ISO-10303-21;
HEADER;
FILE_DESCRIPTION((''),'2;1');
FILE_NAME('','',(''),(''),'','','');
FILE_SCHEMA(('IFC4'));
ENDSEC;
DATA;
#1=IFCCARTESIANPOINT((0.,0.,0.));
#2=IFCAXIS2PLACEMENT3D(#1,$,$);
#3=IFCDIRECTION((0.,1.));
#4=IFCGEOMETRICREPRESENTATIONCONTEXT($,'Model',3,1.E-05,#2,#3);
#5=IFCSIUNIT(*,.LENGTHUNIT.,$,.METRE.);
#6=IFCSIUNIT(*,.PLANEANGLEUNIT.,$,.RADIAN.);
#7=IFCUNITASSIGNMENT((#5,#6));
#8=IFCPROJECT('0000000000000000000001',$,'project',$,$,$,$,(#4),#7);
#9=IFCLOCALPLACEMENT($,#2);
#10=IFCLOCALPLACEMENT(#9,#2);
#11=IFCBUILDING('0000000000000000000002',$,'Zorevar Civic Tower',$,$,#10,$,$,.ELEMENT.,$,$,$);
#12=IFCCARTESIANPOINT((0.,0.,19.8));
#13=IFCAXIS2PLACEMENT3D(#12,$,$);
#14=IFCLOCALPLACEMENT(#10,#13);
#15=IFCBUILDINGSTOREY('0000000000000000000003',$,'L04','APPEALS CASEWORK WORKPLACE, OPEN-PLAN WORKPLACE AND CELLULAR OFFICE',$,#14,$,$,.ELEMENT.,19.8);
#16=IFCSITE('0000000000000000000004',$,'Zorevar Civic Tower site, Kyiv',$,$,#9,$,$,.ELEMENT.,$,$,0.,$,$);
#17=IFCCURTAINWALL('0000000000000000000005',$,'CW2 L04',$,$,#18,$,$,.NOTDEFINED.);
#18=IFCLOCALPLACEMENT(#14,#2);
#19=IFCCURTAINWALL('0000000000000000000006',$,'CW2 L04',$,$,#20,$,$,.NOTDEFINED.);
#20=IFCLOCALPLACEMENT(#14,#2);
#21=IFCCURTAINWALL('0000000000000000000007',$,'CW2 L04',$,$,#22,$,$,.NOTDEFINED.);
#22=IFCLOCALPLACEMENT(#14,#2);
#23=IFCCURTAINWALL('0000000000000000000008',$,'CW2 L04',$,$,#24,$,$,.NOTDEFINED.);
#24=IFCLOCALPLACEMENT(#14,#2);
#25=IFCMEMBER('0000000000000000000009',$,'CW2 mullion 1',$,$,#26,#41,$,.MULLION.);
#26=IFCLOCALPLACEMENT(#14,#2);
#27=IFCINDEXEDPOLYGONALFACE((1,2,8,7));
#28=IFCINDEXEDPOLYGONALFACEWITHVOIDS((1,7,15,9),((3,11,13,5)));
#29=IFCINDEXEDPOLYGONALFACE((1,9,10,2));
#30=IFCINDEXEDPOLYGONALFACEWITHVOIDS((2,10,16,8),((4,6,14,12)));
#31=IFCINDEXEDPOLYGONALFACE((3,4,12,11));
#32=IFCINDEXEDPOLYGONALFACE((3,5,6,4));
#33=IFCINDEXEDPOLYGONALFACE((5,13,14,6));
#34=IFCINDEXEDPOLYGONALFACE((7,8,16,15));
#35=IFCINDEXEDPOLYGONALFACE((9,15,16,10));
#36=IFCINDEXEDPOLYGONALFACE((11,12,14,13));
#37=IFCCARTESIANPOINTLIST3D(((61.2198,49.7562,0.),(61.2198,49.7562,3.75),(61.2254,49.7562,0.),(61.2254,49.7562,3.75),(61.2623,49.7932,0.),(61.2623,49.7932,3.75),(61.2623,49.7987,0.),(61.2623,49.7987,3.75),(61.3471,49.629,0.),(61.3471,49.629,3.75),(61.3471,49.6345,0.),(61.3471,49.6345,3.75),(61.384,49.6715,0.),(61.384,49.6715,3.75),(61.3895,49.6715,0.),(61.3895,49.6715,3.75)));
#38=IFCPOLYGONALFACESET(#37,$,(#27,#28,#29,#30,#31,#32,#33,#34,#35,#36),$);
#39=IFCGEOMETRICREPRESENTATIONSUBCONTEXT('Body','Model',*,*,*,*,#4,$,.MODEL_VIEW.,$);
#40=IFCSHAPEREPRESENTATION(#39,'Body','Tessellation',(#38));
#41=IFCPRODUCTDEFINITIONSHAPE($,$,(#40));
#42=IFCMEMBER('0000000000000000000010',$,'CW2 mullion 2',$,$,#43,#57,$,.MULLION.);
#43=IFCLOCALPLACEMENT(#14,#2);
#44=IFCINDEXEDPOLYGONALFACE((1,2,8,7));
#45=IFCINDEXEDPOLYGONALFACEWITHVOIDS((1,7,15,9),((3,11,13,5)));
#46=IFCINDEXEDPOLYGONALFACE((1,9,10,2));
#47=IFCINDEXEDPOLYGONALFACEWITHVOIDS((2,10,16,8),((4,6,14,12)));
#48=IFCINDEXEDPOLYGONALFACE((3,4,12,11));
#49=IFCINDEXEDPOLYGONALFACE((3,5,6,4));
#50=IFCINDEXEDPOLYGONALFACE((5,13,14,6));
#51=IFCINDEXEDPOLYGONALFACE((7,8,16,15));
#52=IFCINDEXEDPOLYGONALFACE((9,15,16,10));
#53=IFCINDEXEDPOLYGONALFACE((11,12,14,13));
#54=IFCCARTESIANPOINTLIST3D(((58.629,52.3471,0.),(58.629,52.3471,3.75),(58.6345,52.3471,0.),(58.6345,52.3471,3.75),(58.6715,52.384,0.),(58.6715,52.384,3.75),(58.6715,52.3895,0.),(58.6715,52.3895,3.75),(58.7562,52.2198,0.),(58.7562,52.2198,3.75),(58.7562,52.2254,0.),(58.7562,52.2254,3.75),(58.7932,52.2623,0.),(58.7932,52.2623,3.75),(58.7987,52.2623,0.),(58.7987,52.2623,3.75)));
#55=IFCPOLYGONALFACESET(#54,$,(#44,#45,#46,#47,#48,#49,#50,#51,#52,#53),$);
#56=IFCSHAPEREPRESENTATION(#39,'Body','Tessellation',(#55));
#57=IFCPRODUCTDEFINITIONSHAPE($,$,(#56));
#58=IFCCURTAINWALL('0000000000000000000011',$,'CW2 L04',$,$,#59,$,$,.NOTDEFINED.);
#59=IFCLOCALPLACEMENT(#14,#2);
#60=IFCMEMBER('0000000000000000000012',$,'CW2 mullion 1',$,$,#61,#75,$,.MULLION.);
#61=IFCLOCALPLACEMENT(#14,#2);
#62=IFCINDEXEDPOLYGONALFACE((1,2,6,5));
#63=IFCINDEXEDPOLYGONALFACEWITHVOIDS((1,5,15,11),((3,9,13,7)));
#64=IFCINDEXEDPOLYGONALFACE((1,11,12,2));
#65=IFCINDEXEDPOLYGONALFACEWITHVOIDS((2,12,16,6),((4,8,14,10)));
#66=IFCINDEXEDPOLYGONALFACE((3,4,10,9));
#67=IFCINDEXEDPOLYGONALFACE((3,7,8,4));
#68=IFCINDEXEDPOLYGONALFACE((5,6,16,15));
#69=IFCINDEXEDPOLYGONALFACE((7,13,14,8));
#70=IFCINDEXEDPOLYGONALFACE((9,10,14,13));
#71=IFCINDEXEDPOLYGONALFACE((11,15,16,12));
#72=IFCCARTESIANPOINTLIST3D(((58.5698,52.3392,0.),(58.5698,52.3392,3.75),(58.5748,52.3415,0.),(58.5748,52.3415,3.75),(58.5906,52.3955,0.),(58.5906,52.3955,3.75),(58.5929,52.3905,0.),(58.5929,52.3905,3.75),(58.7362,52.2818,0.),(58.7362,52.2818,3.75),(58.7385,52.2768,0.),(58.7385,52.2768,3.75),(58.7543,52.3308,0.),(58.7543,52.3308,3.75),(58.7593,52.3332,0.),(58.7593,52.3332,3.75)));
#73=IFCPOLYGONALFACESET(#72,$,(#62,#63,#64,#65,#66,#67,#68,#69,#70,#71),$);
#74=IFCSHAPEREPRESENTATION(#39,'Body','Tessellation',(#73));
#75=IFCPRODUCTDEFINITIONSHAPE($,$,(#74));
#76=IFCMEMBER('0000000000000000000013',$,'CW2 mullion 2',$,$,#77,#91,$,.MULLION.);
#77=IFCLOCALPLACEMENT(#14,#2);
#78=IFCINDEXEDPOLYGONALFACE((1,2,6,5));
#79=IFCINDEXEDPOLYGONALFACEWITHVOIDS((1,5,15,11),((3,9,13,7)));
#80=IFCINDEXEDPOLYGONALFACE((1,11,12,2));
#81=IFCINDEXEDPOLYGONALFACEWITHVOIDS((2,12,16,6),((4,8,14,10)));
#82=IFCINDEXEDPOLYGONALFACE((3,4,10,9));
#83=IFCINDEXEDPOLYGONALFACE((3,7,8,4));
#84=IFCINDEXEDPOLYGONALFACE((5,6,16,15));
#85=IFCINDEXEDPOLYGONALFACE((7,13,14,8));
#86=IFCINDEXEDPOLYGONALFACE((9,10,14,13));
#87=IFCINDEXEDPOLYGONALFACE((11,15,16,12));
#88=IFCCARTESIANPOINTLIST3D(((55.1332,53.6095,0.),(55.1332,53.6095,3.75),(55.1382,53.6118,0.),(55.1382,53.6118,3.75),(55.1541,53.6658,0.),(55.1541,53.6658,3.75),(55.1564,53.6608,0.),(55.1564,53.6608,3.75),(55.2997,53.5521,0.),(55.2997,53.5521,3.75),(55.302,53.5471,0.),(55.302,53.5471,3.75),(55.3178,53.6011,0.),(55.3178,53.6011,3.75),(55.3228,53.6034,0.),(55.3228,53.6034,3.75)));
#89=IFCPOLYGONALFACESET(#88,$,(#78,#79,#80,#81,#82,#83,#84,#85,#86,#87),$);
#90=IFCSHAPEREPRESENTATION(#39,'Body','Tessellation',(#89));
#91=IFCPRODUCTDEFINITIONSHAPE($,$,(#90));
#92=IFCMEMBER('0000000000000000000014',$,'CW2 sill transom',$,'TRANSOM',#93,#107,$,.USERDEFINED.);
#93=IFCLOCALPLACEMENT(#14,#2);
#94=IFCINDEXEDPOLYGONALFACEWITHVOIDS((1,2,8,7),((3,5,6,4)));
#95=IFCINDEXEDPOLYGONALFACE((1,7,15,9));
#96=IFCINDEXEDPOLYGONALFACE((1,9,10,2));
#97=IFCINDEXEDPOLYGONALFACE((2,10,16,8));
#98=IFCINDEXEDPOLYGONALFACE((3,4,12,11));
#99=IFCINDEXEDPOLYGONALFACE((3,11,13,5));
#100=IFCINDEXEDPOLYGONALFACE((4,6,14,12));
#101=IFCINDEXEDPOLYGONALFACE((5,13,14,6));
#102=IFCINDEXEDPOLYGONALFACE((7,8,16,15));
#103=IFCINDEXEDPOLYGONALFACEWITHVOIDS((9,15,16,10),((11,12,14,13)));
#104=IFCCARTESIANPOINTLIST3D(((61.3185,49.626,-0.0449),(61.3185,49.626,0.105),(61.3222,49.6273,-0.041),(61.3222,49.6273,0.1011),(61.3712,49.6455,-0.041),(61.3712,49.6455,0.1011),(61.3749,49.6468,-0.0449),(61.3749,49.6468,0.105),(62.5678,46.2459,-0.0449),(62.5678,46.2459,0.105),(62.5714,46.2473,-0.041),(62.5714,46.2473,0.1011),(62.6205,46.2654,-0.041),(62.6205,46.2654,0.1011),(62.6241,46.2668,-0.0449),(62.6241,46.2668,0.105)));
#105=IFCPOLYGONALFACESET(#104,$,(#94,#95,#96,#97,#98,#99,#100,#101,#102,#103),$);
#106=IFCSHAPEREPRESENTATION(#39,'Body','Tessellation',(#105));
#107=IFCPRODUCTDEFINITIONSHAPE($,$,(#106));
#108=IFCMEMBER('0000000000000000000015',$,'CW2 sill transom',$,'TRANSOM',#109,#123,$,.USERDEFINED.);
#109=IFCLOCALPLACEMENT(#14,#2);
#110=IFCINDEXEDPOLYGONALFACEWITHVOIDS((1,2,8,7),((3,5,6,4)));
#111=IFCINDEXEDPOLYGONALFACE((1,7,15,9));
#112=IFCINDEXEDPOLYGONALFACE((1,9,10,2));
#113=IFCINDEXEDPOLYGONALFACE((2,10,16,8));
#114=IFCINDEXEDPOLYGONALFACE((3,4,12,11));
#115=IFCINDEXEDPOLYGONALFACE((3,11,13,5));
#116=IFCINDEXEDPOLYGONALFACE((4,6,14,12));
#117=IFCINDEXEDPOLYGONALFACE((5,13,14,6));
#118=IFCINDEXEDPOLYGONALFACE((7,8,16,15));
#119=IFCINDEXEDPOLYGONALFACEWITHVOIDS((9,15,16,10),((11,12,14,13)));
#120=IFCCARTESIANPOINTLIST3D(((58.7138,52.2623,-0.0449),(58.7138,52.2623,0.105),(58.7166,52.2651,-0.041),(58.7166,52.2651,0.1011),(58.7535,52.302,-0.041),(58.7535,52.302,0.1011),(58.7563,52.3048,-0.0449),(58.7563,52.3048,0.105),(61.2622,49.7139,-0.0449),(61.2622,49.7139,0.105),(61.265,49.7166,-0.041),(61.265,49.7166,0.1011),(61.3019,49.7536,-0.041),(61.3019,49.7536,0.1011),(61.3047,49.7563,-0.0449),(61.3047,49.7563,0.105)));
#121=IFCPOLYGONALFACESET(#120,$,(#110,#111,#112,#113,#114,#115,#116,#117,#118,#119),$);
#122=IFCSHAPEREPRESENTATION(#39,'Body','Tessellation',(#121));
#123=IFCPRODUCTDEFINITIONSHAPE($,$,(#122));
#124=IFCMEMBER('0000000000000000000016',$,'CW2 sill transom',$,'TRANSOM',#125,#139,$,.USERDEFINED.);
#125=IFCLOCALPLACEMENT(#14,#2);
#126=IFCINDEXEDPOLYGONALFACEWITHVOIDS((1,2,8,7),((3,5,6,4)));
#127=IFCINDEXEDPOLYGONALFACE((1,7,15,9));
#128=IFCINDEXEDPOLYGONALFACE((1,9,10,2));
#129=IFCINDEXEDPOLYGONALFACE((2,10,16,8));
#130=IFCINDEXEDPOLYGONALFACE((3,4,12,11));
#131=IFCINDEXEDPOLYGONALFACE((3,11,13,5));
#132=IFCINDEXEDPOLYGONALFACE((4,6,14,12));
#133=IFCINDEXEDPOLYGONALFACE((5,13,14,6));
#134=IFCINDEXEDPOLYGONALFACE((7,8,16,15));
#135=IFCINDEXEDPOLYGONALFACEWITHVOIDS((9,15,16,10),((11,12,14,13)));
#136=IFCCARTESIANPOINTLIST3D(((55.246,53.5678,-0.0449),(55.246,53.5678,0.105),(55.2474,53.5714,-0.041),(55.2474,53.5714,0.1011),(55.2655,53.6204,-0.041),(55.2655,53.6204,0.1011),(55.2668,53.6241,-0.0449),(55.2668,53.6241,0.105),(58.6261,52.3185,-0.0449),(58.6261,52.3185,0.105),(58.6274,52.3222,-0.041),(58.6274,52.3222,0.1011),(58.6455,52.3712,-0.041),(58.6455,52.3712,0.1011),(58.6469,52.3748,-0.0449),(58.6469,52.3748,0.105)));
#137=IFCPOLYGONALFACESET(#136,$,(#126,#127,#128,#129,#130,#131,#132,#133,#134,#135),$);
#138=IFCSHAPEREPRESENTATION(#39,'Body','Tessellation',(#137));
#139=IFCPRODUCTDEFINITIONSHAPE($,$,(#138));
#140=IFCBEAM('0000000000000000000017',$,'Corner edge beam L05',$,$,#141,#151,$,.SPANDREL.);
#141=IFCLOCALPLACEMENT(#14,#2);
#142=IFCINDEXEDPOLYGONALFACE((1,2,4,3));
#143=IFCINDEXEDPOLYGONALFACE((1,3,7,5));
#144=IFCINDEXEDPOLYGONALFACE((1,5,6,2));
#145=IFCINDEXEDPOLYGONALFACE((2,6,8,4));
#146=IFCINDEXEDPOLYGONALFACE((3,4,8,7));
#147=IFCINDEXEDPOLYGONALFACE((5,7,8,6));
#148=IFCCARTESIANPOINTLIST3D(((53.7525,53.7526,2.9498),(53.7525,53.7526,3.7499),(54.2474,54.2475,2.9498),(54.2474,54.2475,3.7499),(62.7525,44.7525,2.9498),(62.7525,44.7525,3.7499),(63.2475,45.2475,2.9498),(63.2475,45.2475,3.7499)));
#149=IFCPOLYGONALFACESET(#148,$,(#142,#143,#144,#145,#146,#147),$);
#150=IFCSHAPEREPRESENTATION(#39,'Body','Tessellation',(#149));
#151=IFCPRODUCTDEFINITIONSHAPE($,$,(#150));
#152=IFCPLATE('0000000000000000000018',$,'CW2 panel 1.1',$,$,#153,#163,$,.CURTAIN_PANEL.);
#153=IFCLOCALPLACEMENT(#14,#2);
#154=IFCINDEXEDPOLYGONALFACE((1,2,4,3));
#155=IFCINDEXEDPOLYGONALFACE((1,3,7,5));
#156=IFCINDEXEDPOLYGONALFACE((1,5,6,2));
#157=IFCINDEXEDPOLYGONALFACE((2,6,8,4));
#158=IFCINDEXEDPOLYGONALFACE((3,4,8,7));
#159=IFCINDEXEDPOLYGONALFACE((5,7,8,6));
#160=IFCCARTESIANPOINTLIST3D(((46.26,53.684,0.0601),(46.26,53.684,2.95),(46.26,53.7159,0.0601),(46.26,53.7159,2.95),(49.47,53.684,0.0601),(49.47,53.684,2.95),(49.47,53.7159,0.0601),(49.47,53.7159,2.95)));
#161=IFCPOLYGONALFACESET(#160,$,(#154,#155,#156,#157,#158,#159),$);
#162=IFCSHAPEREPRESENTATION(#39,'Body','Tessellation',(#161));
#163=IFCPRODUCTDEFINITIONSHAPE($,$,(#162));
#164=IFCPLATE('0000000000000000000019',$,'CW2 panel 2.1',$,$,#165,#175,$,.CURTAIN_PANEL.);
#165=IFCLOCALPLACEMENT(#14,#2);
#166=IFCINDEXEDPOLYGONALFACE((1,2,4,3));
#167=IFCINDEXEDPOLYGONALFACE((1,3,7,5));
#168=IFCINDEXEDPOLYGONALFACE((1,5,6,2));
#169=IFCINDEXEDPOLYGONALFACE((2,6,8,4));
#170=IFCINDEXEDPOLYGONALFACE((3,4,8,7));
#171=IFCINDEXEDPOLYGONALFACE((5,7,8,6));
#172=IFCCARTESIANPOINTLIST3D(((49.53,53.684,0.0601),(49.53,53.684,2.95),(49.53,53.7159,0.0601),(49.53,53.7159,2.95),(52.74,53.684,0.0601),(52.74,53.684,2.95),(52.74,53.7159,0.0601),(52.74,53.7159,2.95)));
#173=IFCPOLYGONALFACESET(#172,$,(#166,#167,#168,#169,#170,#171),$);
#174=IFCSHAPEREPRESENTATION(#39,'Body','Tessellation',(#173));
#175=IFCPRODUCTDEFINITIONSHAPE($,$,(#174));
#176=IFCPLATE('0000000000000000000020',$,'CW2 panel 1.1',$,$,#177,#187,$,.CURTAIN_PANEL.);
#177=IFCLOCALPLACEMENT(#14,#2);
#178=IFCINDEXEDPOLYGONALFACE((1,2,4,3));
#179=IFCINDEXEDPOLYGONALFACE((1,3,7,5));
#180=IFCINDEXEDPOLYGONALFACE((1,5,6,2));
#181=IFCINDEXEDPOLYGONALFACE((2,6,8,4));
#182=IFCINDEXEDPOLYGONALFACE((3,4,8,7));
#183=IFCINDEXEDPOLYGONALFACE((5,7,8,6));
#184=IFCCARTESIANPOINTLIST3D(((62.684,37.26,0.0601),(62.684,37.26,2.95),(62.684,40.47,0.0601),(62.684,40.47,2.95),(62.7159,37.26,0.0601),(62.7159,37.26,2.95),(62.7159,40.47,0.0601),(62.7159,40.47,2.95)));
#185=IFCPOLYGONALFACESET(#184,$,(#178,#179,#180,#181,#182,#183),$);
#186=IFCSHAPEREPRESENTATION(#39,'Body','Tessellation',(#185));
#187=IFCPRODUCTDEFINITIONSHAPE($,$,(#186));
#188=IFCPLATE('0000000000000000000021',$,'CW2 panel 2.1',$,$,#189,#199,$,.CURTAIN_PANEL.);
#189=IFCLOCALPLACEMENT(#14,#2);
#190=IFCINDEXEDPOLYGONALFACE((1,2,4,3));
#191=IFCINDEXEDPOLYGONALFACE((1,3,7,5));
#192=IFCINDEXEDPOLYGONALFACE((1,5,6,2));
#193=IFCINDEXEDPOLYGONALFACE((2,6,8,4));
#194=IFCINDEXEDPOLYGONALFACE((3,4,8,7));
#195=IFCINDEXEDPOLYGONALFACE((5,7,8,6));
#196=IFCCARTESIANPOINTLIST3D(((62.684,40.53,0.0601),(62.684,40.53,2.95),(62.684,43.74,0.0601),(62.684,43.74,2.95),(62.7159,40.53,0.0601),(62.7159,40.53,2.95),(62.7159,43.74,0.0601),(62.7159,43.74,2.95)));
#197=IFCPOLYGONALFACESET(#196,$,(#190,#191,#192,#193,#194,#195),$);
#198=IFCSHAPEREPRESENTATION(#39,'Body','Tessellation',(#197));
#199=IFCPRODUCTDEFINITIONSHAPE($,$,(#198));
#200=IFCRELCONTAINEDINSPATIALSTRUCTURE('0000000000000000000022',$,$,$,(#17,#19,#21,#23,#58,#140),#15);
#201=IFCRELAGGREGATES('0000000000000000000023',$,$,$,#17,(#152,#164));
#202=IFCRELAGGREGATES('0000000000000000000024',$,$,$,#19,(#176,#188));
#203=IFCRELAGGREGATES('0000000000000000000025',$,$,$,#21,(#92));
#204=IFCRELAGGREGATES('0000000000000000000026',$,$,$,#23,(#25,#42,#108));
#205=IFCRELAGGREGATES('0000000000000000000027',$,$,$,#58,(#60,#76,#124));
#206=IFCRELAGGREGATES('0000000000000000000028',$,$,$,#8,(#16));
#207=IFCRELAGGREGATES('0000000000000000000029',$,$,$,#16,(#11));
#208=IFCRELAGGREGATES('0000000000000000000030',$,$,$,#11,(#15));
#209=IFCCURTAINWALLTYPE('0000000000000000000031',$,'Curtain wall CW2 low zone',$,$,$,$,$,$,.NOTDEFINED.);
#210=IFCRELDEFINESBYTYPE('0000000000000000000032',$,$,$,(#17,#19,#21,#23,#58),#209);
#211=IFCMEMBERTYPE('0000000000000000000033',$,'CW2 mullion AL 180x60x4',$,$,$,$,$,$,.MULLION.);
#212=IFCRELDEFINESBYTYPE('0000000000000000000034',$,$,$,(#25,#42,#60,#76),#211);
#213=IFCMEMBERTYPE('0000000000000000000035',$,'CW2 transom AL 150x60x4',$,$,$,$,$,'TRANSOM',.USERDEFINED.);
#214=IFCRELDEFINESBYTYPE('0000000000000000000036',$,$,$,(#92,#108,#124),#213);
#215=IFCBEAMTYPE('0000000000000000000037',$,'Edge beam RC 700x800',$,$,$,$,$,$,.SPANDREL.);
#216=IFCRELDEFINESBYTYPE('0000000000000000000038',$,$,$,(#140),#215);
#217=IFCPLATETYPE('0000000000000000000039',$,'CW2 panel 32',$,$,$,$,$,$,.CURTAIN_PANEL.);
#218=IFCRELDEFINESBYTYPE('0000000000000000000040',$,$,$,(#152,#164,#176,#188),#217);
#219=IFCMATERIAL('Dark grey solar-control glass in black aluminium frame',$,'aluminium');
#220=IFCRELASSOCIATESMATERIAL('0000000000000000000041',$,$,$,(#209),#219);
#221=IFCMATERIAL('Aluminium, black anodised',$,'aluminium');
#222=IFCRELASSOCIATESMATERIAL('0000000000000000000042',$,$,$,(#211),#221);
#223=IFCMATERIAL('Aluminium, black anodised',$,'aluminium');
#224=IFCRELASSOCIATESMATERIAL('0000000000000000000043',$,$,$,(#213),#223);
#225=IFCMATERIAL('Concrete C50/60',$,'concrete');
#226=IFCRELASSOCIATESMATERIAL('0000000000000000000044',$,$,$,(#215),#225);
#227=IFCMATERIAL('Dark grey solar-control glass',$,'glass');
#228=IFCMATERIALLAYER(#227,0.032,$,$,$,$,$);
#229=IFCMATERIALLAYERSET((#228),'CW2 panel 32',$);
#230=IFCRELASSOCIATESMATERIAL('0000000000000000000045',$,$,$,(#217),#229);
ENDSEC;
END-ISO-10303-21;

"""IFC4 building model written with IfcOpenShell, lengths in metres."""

from ifc_helpers import new_model, si_unit, direction, frame, origin, origin_2d, place, context, subcontext, project, spatial, rectangle, hollow_rectangle, extrude, material, layer, layer_set, material_profile, profile_set, type_object, element, aggregate, save


model = new_model("IFC4")

# Units and contexts
model_context = context("Model", 3, precision=1e-05, world=origin(), true_north=direction((0.0, 1.0)))
body_context = subcontext(model_context, "Body", "Model", "MODEL_VIEW")
ifc_project = project(units=[si_unit("LENGTHUNIT", "METRE"), si_unit("PLANEANGLEUNIT", "RADIAN")], contexts=[model_context])

# Site, building, storey
site_placement = place(None, origin())
site = spatial("IfcSite", under=ifc_project, at=site_placement, Name="Zorevar Civic Tower site, Kyiv", CompositionType="ELEMENT", RefElevation=0.0)
building_placement = place(site_placement, origin())
building = spatial("IfcBuilding", under=site, at=building_placement, Name="Zorevar Civic Tower", CompositionType="ELEMENT")
storey_placement = place(building_placement, frame((0.0, 0.0, 19.8)))
storey = spatial("IfcBuildingStorey", under=building, at=storey_placement, Name="L04", Description="APPEALS CASEWORK WORKPLACE, OPEN-PLAN WORKPLACE AND CELLULAR OFFICE", CompositionType="ELEMENT", Elevation=19.8)

# Curtain walls, members
ifc_material_1 = material(Name="Dark grey solar-control glass in black aluminium frame", Category="aluminium")
curtain_wall_type = type_object("IfcCurtainWallType", Name="Curtain wall CW2 low zone", PredefinedType="NOTDEFINED", material=ifc_material_1)
curtain_wall_1_placement = place(storey_placement, origin())
curtain_wall_1 = element("IfcCurtainWall", 1, at=curtain_wall_1_placement, inside=storey, type_object=curtain_wall_type, Name="CW2 L04", PredefinedType="NOTDEFINED")
ifc_material_2 = material(Name="Aluminium, black anodised", Category="aluminium")
ifc_material_profile_1 = material_profile(ifc_material_2, hollow_rectangle(XDim=0.0601, YDim=0.1799, WallThickness=0.0039, at=origin_2d()), Name="AL 180x60x4")
ifc_profile_set_1 = profile_set([ifc_material_profile_1], Name="Aluminium, black anodised")
member_type_1 = type_object("IfcMemberType", Name="CW2 mullion AL 180x60x4", PredefinedType="MULLION", material=ifc_profile_set_1)
curtain_wall_2_placement = place(storey_placement, origin())
curtain_wall_2 = element("IfcCurtainWall", 2, at=curtain_wall_2_placement, inside=storey, type_object=curtain_wall_type, Name="CW2 L04", PredefinedType="NOTDEFINED")
curtain_wall_3_placement = place(storey_placement, origin())
curtain_wall_3 = element("IfcCurtainWall", 3, at=curtain_wall_3_placement, inside=storey, type_object=curtain_wall_type, Name="CW2 L04", PredefinedType="NOTDEFINED")
curtain_wall_4_placement = place(storey_placement, origin())
curtain_wall_4 = element("IfcCurtainWall", 4, at=curtain_wall_4_placement, inside=storey, type_object=curtain_wall_type, Name="CW2 L04", PredefinedType="NOTDEFINED")
member_1_placement = place(storey_placement, frame((61.3047, 49.7139, 0.0), z_axis=(0.0, 0.0, 1.0), x_axis=(-0.707107, -0.707107, 0.0)))
member_1 = element("IfcMember", 5, at=member_1_placement, type_object=member_type_1, Name="CW2 mullion 1", PredefinedType="MULLION", context=body_context, shape_type="SweptSolid", body=[
    extrude(hollow_rectangle(XDim=0.0601, YDim=0.1799, WallThickness=0.0039, at=origin_2d()), origin(), (0.0, 0.0, 1.0), 3.75),
])
member_2_placement = place(storey_placement, frame((58.7139, 52.3047, 0.0), z_axis=(0.0, 0.0, 1.0), x_axis=(-0.707107, -0.707107, 0.0)))
member_2 = element("IfcMember", 6, at=member_2_placement, type_object=member_type_1, Name="CW2 mullion 2", PredefinedType="MULLION", context=body_context, shape_type="SweptSolid", body=[
    extrude(hollow_rectangle(XDim=0.0601, YDim=0.1799, WallThickness=0.0039, at=origin_2d()), origin(), (0.0, 0.0, 1.0), 3.75),
])
curtain_wall_5_placement = place(storey_placement, origin())
curtain_wall_5 = element("IfcCurtainWall", 7, at=curtain_wall_5_placement, inside=storey, type_object=curtain_wall_type, Name="CW2 L04", PredefinedType="NOTDEFINED")
member_3_placement = place(storey_placement, frame((58.6646, 52.3362, 0.0), z_axis=(0.0, 0.0, 1.0), x_axis=(-0.346704, -0.937975, 0.0)))
member_3 = element("IfcMember", 8, at=member_3_placement, type_object=member_type_1, Name="CW2 mullion 1", PredefinedType="MULLION", context=body_context, shape_type="SweptSolid", body=[
    extrude(hollow_rectangle(XDim=0.0601, YDim=0.1799, WallThickness=0.0039, at=origin_2d()), origin(), (0.0, 0.0, 1.0), 3.75),
])
member_4_placement = place(storey_placement, frame((55.228, 53.6064, 0.0), z_axis=(0.0, 0.0, 1.0), x_axis=(-0.346704, -0.937975, 0.0)))
member_4 = element("IfcMember", 9, at=member_4_placement, type_object=member_type_1, Name="CW2 mullion 2", PredefinedType="MULLION", context=body_context, shape_type="SweptSolid", body=[
    extrude(hollow_rectangle(XDim=0.0601, YDim=0.1799, WallThickness=0.0039, at=origin_2d()), origin(), (0.0, 0.0, 1.0), 3.75),
])

# Members
ifc_material_3 = material(Name="Aluminium, black anodised", Category="aluminium")
ifc_material_profile_2 = material_profile(ifc_material_3, hollow_rectangle(XDim=0.0601, YDim=0.1499, WallThickness=0.0039, at=origin_2d()), Name="AL 150x60x4")
ifc_profile_set_2 = profile_set([ifc_material_profile_2], Name="Aluminium, black anodised")
member_type_2 = type_object("IfcMemberType", Name="CW2 transom AL 150x60x4", ElementType="TRANSOM", PredefinedType="USERDEFINED", material=ifc_profile_set_2)
member_5_placement = place(storey_placement, frame((62.5959, 46.2563, 0.03), z_axis=(-0.346672, 0.937986, 0.0), x_axis=(-0.937986, -0.346672, 0.0)))
member_5 = element("IfcMember", 10, at=member_5_placement, type_object=member_type_2, Name="CW2 sill transom", ObjectType="TRANSOM", PredefinedType="USERDEFINED", context=body_context, shape_type="SweptSolid", body=[
    extrude(hollow_rectangle(XDim=0.0601, YDim=0.1499, WallThickness=0.0039, at=origin_2d()), origin(), (0.0, 0.0, 1.0), 3.6035),
])
member_6_placement = place(storey_placement, frame((61.2834, 49.7351, 0.03), z_axis=(-0.707107, 0.707107, 0.0), x_axis=(-0.707107, -0.707107, 0.0)))
member_6 = element("IfcMember", 11, at=member_6_placement, type_object=member_type_2, Name="CW2 sill transom", ObjectType="TRANSOM", PredefinedType="USERDEFINED", context=body_context, shape_type="SweptSolid", body=[
    extrude(hollow_rectangle(XDim=0.0601, YDim=0.1499, WallThickness=0.0039, at=origin_2d()), origin(), (0.0, 0.0, 1.0), 3.604),
])
member_7_placement = place(storey_placement, frame((58.6365, 52.3467, 0.03), z_axis=(-0.937986, 0.346672, 0.0), x_axis=(-0.346672, -0.937986, 0.0)))
member_7 = element("IfcMember", 12, at=member_7_placement, type_object=member_type_2, Name="CW2 sill transom", ObjectType="TRANSOM", PredefinedType="USERDEFINED", context=body_context, shape_type="SweptSolid", body=[
    extrude(hollow_rectangle(XDim=0.0601, YDim=0.1499, WallThickness=0.0039, at=origin_2d()), origin(), (0.0, 0.0, 1.0), 3.6035),
])

# Beam
ifc_material_4 = material(Name="Concrete C50/60", Category="concrete")
ifc_material_profile_3 = material_profile(ifc_material_4, rectangle(XDim=0.7, YDim=0.8, at=origin_2d()), Name="RC 700x800")
ifc_profile_set_3 = profile_set([ifc_material_profile_3], Name="Concrete C50/60")
beam_type_1 = type_object("IfcBeamType", Name="Edge beam RC 700x800", PredefinedType="SPANDREL", material=ifc_profile_set_3)
beam_1_placement = place(storey_placement, frame((63.0, 45.0, 3.3499), z_axis=(-0.707107, 0.707107, 0.0), x_axis=(-0.707107, -0.707107, 0.0)))
element("IfcBeam", 13, at=beam_1_placement, inside=storey, type_object=beam_type_1, Name="Corner edge beam L05", PredefinedType="SPANDREL", context=body_context, shape_type="SweptSolid", body=[
    extrude(rectangle(XDim=0.7, YDim=0.8, at=origin_2d()), origin(), (0.0, 0.0, 1.0), 12.728),
])

# Plates
ifc_material_5 = material(Name="Dark grey solar-control glass", Category="glass")
ifc_layer_1 = layer(ifc_material_5, 0.032)
ifc_layer_set_1 = layer_set([ifc_layer_1], Name="CW2 panel 32")
plate_type = type_object("IfcPlateType", Name="CW2 panel 32", PredefinedType="CURTAIN_PANEL", material=ifc_layer_set_1)
plate_1_placement = place(storey_placement, frame((47.865, 53.7, 0.0601), z_axis=(0.0, 0.0, 1.0), x_axis=(1.0, 0.0, 0.0)))
plate_1 = element("IfcPlate", 14, at=plate_1_placement, type_object=plate_type, Name="CW2 panel 1.1", PredefinedType="CURTAIN_PANEL", context=body_context, shape_type="SweptSolid", body=[
    extrude(rectangle(XDim=3.21, YDim=0.032, at=origin_2d()), origin(), (0.0, 0.0, 1.0), 2.8899),
])
plate_2_placement = place(storey_placement, frame((51.135, 53.7, 0.0601), z_axis=(0.0, 0.0, 1.0), x_axis=(1.0, 0.0, 0.0)))
plate_2 = element("IfcPlate", 15, at=plate_2_placement, type_object=plate_type, Name="CW2 panel 2.1", PredefinedType="CURTAIN_PANEL", context=body_context, shape_type="SweptSolid", body=[
    extrude(rectangle(XDim=3.21, YDim=0.032, at=origin_2d()), origin(), (0.0, 0.0, 1.0), 2.8899),
])
aggregate(curtain_wall_1, [plate_1, plate_2])
plate_3_placement = place(storey_placement, frame((62.7, 38.865, 0.0601), z_axis=(0.0, 0.0, 1.0), x_axis=(0.0, 1.0, 0.0)))
plate_3 = element("IfcPlate", 16, at=plate_3_placement, type_object=plate_type, Name="CW2 panel 1.1", PredefinedType="CURTAIN_PANEL", context=body_context, shape_type="SweptSolid", body=[
    extrude(rectangle(XDim=3.21, YDim=0.032, at=origin_2d()), origin(), (0.0, 0.0, 1.0), 2.8899),
])
plate_4_placement = place(storey_placement, frame((62.7, 42.135, 0.0601), z_axis=(0.0, 0.0, 1.0), x_axis=(0.0, 1.0, 0.0)))
plate_4 = element("IfcPlate", 17, at=plate_4_placement, type_object=plate_type, Name="CW2 panel 2.1", PredefinedType="CURTAIN_PANEL", context=body_context, shape_type="SweptSolid", body=[
    extrude(rectangle(XDim=3.21, YDim=0.032, at=origin_2d()), origin(), (0.0, 0.0, 1.0), 2.8899),
])
aggregate(curtain_wall_2, [plate_3, plate_4])
aggregate(curtain_wall_3, [member_5])
aggregate(curtain_wall_4, [member_1, member_2, member_6])
aggregate(curtain_wall_5, [member_3, member_4, member_7])

save(model, "model.ifc")
